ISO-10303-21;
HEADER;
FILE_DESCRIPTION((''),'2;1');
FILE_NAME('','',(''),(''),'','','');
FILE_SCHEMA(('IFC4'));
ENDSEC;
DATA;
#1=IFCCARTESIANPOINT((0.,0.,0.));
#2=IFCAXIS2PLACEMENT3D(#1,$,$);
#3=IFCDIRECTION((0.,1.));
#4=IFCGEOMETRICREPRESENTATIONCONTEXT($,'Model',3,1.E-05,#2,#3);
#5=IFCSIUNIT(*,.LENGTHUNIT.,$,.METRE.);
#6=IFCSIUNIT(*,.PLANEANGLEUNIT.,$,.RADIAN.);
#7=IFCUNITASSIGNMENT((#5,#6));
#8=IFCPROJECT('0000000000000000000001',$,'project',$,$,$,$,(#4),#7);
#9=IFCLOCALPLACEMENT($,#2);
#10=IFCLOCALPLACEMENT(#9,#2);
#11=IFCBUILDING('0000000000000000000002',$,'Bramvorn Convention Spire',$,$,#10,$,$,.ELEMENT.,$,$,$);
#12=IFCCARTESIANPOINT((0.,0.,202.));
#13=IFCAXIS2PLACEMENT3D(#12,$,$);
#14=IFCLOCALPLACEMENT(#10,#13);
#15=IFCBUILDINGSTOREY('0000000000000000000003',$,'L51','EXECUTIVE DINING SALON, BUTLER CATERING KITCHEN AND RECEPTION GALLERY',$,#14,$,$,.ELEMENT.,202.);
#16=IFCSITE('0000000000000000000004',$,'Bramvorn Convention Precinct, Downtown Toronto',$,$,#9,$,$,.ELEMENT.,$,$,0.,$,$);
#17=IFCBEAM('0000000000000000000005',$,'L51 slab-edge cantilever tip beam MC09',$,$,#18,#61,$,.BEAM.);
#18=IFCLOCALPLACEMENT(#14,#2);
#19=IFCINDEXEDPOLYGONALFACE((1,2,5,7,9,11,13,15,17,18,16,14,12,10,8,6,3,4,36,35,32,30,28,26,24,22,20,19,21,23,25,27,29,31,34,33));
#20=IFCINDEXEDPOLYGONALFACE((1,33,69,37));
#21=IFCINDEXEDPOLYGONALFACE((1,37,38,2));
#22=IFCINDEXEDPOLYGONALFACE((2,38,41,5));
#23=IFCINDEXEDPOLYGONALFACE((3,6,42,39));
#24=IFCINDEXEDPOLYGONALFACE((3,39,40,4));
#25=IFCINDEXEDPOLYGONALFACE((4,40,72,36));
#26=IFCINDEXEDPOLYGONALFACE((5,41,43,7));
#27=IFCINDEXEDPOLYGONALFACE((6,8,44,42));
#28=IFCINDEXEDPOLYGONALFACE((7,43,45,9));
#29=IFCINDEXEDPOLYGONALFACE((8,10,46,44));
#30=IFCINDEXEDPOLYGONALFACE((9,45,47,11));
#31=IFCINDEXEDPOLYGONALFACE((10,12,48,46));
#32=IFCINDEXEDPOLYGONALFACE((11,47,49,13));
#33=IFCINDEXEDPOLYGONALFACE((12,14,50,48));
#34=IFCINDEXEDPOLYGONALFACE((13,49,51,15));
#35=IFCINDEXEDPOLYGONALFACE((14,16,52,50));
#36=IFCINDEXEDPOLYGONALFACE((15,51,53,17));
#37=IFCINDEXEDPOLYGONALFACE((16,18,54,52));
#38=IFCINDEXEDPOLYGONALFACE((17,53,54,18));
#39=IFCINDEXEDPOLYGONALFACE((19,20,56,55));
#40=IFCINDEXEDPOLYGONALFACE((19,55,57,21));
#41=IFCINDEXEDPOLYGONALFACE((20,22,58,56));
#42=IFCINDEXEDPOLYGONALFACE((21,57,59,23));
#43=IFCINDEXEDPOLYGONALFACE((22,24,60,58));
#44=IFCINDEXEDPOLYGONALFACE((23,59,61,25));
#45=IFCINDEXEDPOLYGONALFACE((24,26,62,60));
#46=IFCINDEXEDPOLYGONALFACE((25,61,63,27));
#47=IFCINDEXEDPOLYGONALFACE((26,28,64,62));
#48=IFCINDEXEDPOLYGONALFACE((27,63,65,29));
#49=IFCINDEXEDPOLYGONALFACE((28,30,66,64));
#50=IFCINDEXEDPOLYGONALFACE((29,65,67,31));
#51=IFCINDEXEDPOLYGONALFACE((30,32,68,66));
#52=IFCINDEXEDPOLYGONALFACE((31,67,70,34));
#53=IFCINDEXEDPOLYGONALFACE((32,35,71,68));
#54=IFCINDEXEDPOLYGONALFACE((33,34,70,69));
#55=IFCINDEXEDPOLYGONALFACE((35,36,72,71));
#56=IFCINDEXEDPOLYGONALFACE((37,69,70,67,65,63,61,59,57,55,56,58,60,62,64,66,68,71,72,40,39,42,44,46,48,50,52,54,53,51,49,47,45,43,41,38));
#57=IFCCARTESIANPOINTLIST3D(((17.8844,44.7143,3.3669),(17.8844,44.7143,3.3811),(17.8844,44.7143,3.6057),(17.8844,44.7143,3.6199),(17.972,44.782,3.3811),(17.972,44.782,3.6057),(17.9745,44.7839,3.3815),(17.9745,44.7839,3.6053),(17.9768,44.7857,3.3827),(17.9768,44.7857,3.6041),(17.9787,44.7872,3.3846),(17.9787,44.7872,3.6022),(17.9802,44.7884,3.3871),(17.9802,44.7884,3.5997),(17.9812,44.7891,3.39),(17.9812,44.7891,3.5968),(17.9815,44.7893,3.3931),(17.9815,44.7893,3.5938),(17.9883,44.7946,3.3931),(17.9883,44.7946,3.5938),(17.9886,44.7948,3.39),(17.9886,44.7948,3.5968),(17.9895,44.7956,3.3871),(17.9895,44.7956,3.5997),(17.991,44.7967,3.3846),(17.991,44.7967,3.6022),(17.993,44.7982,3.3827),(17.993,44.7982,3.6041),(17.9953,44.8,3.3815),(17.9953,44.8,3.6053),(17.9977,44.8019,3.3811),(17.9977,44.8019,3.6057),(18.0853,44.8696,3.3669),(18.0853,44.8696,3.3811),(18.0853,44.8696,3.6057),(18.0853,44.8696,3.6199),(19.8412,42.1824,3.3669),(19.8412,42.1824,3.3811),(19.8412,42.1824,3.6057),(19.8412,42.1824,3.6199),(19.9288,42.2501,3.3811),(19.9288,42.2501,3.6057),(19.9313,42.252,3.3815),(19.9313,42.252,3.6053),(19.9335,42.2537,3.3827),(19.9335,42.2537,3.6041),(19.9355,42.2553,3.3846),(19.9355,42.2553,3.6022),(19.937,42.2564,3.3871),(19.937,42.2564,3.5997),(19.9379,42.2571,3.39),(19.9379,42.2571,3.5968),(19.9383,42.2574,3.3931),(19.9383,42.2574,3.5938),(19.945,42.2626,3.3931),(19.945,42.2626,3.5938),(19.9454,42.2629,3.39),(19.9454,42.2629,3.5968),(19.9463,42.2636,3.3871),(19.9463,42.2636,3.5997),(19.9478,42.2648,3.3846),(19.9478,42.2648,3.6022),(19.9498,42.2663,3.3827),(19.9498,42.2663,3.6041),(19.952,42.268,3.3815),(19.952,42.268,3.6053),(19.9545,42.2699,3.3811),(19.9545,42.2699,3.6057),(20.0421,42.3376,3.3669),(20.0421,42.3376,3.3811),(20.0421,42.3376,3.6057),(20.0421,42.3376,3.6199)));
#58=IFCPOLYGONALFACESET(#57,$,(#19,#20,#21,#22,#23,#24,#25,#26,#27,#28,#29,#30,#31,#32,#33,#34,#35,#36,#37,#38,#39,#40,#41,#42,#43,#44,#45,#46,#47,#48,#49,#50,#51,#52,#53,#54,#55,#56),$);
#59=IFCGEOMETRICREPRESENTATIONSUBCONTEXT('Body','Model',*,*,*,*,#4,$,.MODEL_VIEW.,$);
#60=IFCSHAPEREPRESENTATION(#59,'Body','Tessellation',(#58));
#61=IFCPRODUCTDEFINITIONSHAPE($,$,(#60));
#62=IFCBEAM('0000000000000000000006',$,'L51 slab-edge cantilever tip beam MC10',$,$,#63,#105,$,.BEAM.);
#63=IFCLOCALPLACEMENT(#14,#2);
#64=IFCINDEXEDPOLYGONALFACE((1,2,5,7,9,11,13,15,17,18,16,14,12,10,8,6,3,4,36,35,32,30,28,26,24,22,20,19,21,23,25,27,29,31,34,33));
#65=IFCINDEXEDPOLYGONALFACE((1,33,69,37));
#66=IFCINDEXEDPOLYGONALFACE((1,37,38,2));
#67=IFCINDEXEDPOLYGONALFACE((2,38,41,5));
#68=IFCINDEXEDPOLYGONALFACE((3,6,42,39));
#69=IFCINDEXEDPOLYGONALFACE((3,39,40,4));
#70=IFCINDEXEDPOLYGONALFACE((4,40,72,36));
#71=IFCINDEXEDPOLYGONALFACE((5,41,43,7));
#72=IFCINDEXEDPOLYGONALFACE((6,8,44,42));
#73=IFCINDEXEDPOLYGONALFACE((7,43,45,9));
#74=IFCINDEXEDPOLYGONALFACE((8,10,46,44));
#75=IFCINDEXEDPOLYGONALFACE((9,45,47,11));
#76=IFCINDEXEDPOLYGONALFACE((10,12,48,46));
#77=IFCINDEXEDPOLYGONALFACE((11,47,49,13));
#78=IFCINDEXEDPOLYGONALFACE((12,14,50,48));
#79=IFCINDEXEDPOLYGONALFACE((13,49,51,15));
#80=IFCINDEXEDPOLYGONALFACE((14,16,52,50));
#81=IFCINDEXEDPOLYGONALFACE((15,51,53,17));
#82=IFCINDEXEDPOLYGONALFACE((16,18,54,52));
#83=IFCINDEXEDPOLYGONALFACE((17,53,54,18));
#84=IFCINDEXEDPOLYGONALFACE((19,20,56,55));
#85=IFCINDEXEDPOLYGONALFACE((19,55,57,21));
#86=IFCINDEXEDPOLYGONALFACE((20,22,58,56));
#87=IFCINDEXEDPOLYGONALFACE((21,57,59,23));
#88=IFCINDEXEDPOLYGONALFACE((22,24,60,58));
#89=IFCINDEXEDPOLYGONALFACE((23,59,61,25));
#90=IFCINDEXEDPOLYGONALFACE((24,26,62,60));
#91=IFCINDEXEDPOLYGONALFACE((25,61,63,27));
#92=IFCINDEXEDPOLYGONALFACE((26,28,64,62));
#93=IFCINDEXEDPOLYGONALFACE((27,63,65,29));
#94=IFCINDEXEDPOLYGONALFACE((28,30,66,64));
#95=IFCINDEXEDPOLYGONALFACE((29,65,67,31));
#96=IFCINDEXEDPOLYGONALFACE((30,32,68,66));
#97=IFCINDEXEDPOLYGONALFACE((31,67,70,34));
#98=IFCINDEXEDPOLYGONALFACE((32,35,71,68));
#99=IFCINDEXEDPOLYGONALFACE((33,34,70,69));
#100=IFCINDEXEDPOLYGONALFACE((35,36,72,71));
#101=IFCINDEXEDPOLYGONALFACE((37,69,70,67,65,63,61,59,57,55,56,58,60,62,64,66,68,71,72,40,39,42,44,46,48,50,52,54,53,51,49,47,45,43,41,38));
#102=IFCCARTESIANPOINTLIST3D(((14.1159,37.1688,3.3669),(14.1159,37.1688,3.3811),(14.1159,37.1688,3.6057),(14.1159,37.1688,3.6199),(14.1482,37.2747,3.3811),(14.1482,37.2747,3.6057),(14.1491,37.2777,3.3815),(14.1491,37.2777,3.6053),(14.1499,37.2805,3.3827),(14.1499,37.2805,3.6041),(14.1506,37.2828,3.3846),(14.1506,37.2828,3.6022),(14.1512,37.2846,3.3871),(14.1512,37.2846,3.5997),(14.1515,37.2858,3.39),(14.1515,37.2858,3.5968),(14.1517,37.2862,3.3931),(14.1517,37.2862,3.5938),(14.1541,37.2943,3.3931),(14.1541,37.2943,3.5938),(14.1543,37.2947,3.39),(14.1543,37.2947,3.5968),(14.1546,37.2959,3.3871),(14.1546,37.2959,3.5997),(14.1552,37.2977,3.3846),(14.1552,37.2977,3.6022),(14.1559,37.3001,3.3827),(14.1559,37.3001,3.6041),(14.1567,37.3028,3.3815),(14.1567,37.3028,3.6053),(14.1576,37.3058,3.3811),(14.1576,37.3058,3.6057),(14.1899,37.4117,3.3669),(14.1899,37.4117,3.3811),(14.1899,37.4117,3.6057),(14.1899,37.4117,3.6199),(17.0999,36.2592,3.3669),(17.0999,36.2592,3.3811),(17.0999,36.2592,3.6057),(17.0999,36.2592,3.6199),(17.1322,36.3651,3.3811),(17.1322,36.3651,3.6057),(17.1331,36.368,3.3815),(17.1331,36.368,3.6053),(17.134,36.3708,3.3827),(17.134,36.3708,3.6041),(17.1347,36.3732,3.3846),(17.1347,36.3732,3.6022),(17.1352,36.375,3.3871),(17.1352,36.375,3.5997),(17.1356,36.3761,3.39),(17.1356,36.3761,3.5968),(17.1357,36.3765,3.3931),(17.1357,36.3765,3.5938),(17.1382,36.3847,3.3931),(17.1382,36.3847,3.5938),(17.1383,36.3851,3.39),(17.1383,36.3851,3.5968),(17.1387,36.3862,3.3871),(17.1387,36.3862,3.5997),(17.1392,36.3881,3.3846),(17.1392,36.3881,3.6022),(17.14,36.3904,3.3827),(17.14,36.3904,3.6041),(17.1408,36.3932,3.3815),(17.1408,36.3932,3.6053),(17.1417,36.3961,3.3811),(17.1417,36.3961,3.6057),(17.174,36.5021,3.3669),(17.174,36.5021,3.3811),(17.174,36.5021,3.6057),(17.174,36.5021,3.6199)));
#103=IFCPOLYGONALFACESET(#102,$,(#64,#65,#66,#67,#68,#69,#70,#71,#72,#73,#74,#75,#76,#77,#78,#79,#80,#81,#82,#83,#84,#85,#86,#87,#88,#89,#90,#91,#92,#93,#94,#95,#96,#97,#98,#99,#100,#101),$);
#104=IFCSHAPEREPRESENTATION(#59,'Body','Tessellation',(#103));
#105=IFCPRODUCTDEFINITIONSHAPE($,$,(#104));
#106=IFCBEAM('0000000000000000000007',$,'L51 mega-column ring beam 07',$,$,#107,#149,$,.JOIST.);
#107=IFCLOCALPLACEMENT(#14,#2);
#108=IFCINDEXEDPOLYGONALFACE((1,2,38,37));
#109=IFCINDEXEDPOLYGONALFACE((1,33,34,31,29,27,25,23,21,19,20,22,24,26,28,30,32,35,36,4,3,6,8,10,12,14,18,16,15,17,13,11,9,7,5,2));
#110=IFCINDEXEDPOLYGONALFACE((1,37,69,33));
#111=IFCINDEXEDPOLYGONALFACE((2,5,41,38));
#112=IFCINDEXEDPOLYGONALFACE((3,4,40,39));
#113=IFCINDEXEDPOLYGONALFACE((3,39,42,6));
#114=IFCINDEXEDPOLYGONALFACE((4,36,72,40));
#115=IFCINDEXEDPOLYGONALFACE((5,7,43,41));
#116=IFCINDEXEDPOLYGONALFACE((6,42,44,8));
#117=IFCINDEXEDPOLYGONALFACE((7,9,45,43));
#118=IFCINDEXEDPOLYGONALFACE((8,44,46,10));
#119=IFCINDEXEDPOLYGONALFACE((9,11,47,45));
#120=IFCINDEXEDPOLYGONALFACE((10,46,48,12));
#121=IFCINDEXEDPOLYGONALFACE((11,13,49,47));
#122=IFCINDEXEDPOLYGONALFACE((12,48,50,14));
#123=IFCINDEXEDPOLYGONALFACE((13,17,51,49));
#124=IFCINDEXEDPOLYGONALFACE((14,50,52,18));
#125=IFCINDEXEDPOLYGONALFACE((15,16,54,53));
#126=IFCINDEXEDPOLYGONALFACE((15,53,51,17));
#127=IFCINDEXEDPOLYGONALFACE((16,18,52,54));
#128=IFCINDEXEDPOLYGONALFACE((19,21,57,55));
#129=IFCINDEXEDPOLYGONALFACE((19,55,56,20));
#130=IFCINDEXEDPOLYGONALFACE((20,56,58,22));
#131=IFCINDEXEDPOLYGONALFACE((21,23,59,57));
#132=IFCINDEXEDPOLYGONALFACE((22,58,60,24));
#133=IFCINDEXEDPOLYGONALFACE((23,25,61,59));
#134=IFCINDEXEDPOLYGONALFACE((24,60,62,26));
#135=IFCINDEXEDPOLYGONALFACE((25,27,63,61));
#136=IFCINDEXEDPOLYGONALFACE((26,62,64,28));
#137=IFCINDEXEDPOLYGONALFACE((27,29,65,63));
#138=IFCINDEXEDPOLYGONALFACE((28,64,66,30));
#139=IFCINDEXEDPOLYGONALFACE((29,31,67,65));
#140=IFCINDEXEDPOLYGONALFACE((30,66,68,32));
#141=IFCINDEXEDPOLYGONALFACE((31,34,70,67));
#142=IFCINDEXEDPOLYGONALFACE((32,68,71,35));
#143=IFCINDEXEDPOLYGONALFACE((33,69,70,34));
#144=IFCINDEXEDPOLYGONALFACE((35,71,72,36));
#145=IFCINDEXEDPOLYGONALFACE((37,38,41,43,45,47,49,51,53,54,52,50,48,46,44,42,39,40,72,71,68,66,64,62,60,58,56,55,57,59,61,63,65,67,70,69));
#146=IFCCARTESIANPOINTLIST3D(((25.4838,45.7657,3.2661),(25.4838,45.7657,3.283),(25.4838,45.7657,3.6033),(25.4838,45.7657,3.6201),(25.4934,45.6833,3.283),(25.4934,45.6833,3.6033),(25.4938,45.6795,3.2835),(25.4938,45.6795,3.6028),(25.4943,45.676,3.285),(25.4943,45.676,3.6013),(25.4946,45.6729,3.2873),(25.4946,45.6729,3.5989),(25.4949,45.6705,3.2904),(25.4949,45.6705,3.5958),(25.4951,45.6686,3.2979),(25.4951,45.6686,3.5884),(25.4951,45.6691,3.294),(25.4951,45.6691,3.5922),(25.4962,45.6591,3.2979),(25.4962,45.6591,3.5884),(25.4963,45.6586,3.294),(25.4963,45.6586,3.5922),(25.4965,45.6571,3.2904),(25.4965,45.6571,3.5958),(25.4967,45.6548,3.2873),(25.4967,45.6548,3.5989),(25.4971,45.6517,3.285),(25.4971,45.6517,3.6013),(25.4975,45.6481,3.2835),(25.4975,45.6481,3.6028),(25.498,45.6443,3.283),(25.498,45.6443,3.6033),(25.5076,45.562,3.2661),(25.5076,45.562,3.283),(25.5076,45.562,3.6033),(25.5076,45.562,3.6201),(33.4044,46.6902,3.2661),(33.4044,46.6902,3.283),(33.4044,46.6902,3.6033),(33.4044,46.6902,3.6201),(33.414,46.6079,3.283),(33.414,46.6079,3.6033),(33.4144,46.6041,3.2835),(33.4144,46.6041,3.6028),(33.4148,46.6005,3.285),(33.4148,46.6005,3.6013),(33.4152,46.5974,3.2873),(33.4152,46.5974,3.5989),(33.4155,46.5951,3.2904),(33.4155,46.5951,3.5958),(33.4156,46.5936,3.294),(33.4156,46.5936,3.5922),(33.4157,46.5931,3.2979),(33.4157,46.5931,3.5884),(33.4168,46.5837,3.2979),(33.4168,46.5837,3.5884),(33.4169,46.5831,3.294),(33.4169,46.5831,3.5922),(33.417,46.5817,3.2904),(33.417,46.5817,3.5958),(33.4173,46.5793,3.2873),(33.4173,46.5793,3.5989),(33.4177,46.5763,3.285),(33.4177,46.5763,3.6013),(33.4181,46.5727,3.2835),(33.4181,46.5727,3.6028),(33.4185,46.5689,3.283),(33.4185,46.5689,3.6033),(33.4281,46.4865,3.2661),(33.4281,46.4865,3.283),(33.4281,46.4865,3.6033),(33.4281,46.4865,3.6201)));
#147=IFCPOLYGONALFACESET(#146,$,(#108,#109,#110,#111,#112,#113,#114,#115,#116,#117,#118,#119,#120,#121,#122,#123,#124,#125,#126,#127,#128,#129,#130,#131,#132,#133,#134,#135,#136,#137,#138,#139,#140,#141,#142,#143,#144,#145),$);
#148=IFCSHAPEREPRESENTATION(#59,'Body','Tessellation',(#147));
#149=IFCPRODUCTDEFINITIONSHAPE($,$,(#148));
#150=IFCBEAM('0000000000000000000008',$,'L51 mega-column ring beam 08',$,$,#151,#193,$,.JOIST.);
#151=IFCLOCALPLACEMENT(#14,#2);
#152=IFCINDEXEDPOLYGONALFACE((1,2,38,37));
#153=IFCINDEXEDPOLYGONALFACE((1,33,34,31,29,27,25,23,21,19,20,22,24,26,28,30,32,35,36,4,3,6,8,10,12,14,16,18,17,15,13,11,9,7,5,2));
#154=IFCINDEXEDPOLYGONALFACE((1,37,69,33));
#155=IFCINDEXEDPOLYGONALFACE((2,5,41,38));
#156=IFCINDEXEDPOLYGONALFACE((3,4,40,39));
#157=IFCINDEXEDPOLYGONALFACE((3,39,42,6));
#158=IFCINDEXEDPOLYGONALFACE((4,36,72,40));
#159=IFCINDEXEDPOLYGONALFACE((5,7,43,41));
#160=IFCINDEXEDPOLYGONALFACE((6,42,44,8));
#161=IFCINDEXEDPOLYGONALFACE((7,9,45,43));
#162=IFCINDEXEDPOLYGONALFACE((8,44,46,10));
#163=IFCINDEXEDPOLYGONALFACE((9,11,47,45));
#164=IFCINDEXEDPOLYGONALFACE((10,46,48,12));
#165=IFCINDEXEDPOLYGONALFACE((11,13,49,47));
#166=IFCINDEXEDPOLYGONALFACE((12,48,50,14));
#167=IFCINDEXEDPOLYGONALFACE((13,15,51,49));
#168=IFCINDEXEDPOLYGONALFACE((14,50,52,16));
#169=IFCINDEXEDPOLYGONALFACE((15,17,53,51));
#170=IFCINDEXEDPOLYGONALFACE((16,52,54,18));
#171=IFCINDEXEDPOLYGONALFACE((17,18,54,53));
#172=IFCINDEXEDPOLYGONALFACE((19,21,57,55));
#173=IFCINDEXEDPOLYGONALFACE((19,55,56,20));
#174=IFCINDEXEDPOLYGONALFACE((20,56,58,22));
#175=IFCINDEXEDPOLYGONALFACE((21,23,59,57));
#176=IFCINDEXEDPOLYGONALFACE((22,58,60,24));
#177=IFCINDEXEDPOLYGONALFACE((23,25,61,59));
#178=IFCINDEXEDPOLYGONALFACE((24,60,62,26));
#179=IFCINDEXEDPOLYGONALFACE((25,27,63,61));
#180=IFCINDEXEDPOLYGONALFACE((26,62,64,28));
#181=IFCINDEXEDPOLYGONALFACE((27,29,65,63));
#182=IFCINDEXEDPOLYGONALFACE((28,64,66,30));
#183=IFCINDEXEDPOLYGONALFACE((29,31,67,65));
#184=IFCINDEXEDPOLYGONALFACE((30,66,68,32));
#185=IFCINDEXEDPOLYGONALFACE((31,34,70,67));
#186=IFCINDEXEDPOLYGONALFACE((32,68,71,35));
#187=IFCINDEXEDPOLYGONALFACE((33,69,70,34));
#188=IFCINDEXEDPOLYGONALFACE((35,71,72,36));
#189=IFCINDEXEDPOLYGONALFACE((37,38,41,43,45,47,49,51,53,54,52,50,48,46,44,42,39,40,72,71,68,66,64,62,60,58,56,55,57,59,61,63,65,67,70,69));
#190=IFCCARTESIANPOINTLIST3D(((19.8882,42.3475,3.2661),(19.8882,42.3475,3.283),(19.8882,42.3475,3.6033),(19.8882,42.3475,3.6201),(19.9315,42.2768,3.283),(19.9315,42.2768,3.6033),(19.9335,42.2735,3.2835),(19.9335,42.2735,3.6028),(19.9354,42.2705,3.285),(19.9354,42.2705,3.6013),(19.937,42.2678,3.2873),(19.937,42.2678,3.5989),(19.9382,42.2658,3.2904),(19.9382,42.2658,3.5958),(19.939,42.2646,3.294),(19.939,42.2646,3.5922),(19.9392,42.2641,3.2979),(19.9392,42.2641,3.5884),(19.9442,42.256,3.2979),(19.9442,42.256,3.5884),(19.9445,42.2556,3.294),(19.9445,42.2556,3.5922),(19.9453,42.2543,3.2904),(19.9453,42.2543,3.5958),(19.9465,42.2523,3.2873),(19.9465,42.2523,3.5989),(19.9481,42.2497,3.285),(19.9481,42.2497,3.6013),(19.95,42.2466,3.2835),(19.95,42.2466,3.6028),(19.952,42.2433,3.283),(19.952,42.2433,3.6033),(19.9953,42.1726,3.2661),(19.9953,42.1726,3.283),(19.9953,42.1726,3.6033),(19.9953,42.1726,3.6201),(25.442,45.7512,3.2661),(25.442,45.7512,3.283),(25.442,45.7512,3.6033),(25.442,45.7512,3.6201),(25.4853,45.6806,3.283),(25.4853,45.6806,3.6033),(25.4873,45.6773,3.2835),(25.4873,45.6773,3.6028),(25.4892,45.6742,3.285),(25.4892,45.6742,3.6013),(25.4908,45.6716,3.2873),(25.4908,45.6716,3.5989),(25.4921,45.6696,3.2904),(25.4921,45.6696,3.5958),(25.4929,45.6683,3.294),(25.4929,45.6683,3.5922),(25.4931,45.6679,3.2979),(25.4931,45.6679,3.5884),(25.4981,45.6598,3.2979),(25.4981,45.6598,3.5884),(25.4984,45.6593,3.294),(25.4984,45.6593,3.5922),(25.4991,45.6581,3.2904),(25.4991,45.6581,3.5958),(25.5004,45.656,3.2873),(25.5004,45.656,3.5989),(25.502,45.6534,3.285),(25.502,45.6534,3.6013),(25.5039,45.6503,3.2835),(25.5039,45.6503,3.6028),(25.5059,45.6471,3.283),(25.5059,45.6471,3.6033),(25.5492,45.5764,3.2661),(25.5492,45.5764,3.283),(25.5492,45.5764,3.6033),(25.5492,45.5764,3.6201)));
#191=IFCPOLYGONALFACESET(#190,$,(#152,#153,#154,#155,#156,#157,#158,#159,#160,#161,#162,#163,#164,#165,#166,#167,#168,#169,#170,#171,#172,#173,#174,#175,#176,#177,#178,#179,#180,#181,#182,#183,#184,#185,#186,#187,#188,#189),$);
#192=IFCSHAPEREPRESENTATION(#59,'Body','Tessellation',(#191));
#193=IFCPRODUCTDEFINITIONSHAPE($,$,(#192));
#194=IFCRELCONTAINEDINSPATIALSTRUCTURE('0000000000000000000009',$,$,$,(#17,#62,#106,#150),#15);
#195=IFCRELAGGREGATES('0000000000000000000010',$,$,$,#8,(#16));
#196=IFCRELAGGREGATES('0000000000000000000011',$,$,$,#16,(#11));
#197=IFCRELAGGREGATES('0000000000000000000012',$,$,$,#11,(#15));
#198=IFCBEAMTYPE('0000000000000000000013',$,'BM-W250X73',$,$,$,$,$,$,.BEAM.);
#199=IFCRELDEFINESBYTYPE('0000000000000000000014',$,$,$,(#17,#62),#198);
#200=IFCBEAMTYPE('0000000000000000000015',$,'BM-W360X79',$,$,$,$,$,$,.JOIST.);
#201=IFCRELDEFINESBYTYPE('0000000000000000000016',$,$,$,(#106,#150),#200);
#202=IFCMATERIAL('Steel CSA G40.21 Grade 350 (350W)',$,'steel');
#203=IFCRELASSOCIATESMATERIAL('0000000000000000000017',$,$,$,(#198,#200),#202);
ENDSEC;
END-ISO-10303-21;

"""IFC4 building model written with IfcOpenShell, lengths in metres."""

from ifc_helpers import new_model, si_unit, direction, frame, origin, origin_2d, place, context, subcontext, project, spatial, i_section, extrude, material, material_profile, profile_set, type_object, element, save


model = new_model("IFC4")

# Units and contexts
model_context = context("Model", 3, precision=1e-05, world=origin(), true_north=direction((0.0, 1.0)))
body_context = subcontext(model_context, "Body", "Model", "MODEL_VIEW")
ifc_project = project(units=[si_unit("LENGTHUNIT", "METRE"), si_unit("PLANEANGLEUNIT", "RADIAN")], contexts=[model_context])

# Site, building, storey
site_placement = place(None, origin())
site = spatial("IfcSite", under=ifc_project, at=site_placement, Name="Bramvorn Convention Precinct, Downtown Toronto", CompositionType="ELEMENT", RefElevation=0.0)
building_placement = place(site_placement, origin())
building = spatial("IfcBuilding", under=site, at=building_placement, Name="Bramvorn Convention Spire", CompositionType="ELEMENT")
storey_placement = place(building_placement, frame((0.0, 0.0, 202.0)))
storey = spatial("IfcBuildingStorey", under=building, at=storey_placement, Name="L51", Description="EXECUTIVE DINING SALON, BUTLER CATERING KITCHEN AND RECEPTION GALLERY", CompositionType="ELEMENT", Elevation=202.0)

# Shared definitions
ifc_material_1 = material(Name="Steel CSA G40.21 Grade 350 (350W)", Category="steel")

# Beams
ifc_material_profile_1 = material_profile(ifc_material_1, i_section(OverallWidth=0.2539, OverallDepth=0.2529, WebThickness=0.0085, FlangeThickness=0.0142, FilletRadius=0.012, at=origin_2d()))
ifc_profile_set_1 = profile_set([ifc_material_profile_1], Name="Steel CSA G40.21 Grade 350 (350W) - W250X73")
beam_type_1 = type_object("IfcBeamType", Name="BM-W250X73", PredefinedType="BEAM", material=ifc_profile_set_1)
beam_1_placement = place(storey_placement, frame((19.9417, 42.26, 3.4934), z_axis=(-0.611497, 0.791246, 0.0), x_axis=(-0.791246, -0.611497, 0.0)))
element("IfcBeam", 1, at=beam_1_placement, inside=storey, type_object=beam_type_1, Name="L51 slab-edge cantilever tip beam MC09", PredefinedType="BEAM", context=body_context, shape_type="SweptSolid", body=[
    extrude(i_section(OverallWidth=0.2539, OverallDepth=0.2529, WebThickness=0.0085, FlangeThickness=0.0142, FilletRadius=0.012, at=origin_2d()), origin(), (0.0, 0.0, 1.0), 3.2),
])
beam_2_placement = place(storey_placement, frame((17.137, 36.3806, 3.4934), z_axis=(-0.956544, 0.291588, 0.0), x_axis=(-0.291588, -0.956544, 0.0)))
element("IfcBeam", 2, at=beam_2_placement, inside=storey, type_object=beam_type_1, Name="L51 slab-edge cantilever tip beam MC10", PredefinedType="BEAM", context=body_context, shape_type="SweptSolid", body=[
    extrude(i_section(OverallWidth=0.2539, OverallDepth=0.2529, WebThickness=0.0085, FlangeThickness=0.0142, FilletRadius=0.012, at=origin_2d()), origin(), (0.0, 0.0, 1.0), 3.1196),
])
ifc_material_profile_2 = material_profile(ifc_material_1, i_section(OverallWidth=0.2051, OverallDepth=0.354, WebThickness=0.0095, FlangeThickness=0.0168, FilletRadius=0.0149, at=origin_2d()))
ifc_profile_set_2 = profile_set([ifc_material_profile_2], Name="Steel CSA G40.21 Grade 350 (350W) - W360X79")
beam_type_2 = type_object("IfcBeamType", Name="BM-W360X79", PredefinedType="JOIST", material=ifc_profile_set_2)
beam_3_placement = place(storey_placement, frame((33.4163, 46.5884, 3.4431), z_axis=(-0.993256, -0.115941, 0.0), x_axis=(0.115941, -0.993256, 0.0)))
element("IfcBeam", 3, at=beam_3_placement, inside=storey, type_object=beam_type_2, Name="L51 mega-column ring beam 07", PredefinedType="JOIST", context=body_context, shape_type="SweptSolid", body=[
    extrude(i_section(OverallWidth=0.2051, OverallDepth=0.354, WebThickness=0.0095, FlangeThickness=0.0168, FilletRadius=0.0149, at=origin_2d()), origin(), (0.0, 0.0, 1.0), 7.9744),
])
beam_4_placement = place(storey_placement, frame((25.4956, 45.6638, 3.4431), z_axis=(-0.852617, -0.522537, 0.0), x_axis=(0.522537, -0.852617, 0.0)))
element("IfcBeam", 4, at=beam_4_placement, inside=storey, type_object=beam_type_2, Name="L51 mega-column ring beam 08", PredefinedType="JOIST", context=body_context, shape_type="SweptSolid", body=[
    extrude(i_section(OverallWidth=0.2051, OverallDepth=0.354, WebThickness=0.0095, FlangeThickness=0.0168, FilletRadius=0.0149, at=origin_2d()), origin(), (0.0, 0.0, 1.0), 6.5139),
])

save(model, "model.ifc")
